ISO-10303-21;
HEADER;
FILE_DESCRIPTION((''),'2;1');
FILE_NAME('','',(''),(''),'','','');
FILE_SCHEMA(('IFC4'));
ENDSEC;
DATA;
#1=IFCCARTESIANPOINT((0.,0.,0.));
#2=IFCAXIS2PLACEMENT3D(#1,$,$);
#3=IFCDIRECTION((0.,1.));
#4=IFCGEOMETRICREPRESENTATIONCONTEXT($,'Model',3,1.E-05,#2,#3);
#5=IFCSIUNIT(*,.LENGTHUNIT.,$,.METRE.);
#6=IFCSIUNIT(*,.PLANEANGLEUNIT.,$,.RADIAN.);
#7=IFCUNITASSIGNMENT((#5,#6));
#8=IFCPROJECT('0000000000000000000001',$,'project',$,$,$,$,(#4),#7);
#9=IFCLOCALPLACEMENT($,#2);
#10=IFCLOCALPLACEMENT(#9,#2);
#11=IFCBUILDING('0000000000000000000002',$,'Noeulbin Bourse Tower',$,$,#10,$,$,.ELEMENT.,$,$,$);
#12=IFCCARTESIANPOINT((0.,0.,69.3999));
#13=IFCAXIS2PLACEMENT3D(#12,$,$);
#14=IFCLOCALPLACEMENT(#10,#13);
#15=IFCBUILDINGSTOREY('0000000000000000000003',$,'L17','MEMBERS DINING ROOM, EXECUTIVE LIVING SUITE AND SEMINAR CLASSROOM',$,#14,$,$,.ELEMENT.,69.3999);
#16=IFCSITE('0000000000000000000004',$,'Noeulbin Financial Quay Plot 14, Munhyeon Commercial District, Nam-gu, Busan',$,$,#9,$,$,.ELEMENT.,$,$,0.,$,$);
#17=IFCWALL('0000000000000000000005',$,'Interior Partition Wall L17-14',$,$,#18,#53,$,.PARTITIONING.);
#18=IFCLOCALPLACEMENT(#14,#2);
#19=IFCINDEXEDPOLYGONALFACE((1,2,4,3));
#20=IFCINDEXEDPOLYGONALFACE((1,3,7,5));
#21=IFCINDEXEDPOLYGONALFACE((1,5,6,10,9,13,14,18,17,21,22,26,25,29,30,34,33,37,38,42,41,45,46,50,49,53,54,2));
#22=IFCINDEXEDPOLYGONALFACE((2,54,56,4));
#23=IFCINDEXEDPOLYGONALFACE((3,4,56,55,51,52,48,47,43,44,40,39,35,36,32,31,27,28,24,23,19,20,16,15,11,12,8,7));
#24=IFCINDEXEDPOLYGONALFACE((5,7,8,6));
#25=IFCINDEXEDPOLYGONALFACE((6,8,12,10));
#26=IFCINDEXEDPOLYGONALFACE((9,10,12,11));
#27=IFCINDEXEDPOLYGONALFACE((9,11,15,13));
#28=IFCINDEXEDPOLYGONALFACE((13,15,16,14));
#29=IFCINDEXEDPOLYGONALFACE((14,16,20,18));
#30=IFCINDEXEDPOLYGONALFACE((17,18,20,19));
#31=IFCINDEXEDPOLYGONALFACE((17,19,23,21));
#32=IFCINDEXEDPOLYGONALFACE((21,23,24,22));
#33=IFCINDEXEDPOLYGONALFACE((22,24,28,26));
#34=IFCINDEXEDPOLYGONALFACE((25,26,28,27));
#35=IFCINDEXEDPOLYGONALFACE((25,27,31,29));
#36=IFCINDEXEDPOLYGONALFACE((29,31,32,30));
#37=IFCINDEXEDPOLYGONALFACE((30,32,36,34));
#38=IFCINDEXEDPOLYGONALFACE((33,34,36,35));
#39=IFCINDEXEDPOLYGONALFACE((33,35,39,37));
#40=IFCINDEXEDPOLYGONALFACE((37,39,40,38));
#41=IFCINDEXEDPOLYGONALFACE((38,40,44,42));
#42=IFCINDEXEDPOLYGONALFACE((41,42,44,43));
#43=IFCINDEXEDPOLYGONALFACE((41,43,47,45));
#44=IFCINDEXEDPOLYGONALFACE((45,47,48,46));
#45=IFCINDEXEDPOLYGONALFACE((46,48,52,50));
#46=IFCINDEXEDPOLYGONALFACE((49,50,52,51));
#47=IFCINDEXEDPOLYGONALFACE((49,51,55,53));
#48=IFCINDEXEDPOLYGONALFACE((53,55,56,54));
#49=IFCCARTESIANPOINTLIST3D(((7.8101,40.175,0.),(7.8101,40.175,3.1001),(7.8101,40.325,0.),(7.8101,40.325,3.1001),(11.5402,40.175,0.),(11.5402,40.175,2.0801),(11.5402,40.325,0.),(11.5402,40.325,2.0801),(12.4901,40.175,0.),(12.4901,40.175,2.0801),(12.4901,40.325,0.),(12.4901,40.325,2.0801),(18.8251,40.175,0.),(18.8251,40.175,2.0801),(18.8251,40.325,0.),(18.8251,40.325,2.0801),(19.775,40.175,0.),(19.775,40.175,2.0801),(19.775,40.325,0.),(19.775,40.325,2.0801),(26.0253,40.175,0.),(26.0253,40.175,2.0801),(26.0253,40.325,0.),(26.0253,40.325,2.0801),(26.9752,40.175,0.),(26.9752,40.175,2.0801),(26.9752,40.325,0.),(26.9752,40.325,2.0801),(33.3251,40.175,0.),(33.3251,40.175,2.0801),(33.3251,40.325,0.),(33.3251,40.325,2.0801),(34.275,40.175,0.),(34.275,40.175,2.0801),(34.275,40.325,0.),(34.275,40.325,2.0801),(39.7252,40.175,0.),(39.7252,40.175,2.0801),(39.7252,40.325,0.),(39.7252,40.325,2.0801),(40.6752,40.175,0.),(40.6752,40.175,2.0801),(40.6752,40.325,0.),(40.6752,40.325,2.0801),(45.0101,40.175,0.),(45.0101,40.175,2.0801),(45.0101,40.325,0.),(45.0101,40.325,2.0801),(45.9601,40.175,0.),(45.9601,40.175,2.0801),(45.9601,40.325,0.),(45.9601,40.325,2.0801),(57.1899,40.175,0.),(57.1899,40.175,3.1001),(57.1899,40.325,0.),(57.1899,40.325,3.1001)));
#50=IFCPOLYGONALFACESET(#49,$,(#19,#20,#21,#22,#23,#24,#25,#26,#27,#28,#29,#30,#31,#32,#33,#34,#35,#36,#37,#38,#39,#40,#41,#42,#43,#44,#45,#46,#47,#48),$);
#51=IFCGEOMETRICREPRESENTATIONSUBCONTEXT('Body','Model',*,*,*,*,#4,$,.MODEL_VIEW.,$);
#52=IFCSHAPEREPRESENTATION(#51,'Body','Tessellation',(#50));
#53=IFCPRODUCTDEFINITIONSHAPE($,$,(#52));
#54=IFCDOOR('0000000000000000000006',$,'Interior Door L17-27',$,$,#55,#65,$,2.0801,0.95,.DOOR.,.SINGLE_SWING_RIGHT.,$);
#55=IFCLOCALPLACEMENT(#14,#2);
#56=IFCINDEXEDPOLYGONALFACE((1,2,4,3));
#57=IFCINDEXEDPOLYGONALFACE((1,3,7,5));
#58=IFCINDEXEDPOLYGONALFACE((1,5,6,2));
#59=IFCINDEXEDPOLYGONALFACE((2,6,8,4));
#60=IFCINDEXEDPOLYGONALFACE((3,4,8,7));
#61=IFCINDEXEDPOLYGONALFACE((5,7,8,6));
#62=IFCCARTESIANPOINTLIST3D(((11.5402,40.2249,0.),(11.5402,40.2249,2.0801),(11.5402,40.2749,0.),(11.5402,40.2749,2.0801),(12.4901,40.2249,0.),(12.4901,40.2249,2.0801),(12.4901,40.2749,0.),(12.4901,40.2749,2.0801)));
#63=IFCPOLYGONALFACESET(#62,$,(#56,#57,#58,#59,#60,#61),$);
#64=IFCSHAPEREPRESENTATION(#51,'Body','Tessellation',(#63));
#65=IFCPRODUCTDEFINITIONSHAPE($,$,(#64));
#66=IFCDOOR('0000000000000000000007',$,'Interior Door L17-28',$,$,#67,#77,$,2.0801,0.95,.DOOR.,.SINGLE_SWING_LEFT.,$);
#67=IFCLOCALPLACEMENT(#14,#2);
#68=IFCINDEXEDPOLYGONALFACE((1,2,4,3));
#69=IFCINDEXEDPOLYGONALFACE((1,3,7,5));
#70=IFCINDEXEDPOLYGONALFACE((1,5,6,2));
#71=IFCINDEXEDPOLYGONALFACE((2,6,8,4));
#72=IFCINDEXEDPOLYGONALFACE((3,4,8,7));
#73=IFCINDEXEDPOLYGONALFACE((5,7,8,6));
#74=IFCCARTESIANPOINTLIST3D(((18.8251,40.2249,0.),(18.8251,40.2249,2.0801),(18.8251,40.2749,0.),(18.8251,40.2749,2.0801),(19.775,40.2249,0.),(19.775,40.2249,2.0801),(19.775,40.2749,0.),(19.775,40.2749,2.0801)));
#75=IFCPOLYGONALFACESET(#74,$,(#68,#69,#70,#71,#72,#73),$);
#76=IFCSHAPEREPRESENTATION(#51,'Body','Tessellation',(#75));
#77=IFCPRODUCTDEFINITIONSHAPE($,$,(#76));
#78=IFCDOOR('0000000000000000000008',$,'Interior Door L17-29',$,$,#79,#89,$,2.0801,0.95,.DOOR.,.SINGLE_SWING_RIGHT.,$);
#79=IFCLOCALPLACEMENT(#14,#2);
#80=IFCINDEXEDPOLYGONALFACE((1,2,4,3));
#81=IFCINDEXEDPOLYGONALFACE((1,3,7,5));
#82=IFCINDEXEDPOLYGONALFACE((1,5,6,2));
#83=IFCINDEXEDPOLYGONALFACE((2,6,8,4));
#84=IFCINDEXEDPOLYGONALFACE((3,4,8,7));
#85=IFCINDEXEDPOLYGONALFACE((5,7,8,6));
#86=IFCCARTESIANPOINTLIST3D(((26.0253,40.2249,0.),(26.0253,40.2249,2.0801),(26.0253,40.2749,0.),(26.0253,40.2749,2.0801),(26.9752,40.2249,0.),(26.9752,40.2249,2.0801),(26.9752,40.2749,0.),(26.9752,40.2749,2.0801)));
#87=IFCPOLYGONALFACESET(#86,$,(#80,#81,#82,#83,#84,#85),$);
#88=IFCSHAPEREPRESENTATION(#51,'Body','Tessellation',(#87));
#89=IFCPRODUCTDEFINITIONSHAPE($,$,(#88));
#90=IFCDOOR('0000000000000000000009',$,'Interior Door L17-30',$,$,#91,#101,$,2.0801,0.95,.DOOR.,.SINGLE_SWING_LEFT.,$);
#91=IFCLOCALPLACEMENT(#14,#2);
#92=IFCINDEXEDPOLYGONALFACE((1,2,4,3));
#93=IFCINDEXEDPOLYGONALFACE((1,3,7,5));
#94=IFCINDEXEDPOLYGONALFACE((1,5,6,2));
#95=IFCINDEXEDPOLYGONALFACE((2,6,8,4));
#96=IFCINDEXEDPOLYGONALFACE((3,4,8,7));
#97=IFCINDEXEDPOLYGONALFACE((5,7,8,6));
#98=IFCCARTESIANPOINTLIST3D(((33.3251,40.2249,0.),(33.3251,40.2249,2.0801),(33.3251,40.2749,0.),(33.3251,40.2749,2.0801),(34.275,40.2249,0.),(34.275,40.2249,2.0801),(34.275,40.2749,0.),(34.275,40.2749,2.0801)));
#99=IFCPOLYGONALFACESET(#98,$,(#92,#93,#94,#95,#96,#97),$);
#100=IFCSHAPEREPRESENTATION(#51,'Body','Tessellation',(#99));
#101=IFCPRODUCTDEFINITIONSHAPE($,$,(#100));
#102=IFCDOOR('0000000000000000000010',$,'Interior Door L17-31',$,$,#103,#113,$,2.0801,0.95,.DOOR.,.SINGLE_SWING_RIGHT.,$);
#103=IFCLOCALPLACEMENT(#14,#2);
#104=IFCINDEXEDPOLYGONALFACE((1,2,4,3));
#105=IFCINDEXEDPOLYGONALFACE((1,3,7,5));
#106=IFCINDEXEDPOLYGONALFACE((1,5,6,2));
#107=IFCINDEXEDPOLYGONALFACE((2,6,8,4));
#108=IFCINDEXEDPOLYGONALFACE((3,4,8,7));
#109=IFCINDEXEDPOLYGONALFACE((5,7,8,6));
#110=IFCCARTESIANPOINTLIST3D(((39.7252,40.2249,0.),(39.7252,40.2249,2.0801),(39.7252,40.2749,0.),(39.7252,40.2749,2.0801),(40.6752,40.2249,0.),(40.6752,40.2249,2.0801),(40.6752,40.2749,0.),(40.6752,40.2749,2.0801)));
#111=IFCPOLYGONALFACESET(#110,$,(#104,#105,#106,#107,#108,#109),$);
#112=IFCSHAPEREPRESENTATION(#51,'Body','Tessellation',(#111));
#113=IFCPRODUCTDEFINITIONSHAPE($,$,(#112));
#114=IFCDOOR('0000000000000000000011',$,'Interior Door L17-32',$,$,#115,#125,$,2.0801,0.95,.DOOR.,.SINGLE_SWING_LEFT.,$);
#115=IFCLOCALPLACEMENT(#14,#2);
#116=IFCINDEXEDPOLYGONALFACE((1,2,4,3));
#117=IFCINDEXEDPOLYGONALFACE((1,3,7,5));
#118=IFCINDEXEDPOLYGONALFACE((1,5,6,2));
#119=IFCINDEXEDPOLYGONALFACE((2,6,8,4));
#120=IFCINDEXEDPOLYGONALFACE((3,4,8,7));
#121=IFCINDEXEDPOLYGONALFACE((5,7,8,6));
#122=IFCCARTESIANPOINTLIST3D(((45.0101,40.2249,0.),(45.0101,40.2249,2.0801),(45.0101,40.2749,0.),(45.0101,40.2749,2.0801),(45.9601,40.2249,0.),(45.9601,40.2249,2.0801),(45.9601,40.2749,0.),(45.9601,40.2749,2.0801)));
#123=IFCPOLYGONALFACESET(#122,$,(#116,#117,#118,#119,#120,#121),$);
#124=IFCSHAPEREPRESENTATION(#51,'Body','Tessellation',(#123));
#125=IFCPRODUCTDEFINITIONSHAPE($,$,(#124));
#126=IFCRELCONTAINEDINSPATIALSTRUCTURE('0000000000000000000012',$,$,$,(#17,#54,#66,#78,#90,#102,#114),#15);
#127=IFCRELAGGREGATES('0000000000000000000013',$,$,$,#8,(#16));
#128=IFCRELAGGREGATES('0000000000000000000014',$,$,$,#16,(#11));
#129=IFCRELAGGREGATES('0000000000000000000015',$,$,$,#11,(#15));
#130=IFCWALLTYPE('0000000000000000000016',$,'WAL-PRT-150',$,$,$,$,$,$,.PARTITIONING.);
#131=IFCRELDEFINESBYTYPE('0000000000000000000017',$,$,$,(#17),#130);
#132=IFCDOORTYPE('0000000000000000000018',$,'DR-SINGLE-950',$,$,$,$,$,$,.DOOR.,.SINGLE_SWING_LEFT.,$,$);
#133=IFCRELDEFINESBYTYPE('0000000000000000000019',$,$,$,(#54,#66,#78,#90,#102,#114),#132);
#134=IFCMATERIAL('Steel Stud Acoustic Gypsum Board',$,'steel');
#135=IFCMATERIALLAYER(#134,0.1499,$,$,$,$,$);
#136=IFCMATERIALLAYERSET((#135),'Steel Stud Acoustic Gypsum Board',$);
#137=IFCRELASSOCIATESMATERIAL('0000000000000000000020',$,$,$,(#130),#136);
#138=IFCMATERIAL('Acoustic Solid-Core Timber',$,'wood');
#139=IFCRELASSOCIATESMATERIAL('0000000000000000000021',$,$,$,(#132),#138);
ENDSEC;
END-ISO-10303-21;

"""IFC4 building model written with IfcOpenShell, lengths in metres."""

from ifc_helpers import new_model, si_unit, direction, frame, frame_2d, origin, place, context, subcontext, project, spatial, rectangle, extrude, material, layer, layer_set, type_object, element, fill, save


model = new_model("IFC4")

# Units and contexts
model_context = context("Model", 3, precision=1e-05, world=origin(), true_north=direction((0.0, 1.0)))
body_context = subcontext(model_context, "Body", "Model", "MODEL_VIEW")
ifc_project = project(units=[si_unit("LENGTHUNIT", "METRE"), si_unit("PLANEANGLEUNIT", "RADIAN")], contexts=[model_context])

# Site, building, storey
site_placement = place(None, origin())
site = spatial("IfcSite", under=ifc_project, at=site_placement, Name="Noeulbin Financial Quay Plot 14, Munhyeon Commercial District, Nam-gu, Busan", CompositionType="ELEMENT", RefElevation=0.0)
building_placement = place(site_placement, origin())
building = spatial("IfcBuilding", under=site, at=building_placement, Name="Noeulbin Bourse Tower", CompositionType="ELEMENT")
storey_placement = place(building_placement, frame((0.0, 0.0, 69.3999)))
storey = spatial("IfcBuildingStorey", under=building, at=storey_placement, Name="L17", Description="MEMBERS DINING ROOM, EXECUTIVE LIVING SUITE AND SEMINAR CLASSROOM", CompositionType="ELEMENT", Elevation=69.3999)

# Wall, openings, doors
ifc_material_1 = material(Name="Steel Stud Acoustic Gypsum Board", Category="steel")
ifc_layer_1 = layer(ifc_material_1, 0.1499)
ifc_layer_set_1 = layer_set([ifc_layer_1], Name="Steel Stud Acoustic Gypsum Board")
wall_type_1 = type_object("IfcWallType", Name="WAL-PRT-150", PredefinedType="PARTITIONING", material=ifc_layer_set_1)
wall_1_placement = place(storey_placement, frame((7.8101, 40.25, 0.0), z_axis=(0.0, 0.0, 1.0), x_axis=(1.0, 0.0, 0.0)))
wall_1 = element("IfcWall", 1, at=wall_1_placement, inside=storey, type_object=wall_type_1, Name="Interior Partition Wall L17-14", PredefinedType="PARTITIONING", context=body_context, shape_type="SweptSolid", body=[
    extrude(rectangle(XDim=49.3799, YDim=0.1499, at=frame_2d((24.6899, 0.0))), origin(), (0.0, 0.0, 1.0), 3.1001),
])
opening_1_placement = place(wall_1_placement, frame((3.73, 0.0, 0.0)))
opening_1 = element("IfcOpeningElement", 2, at=opening_1_placement, cuts=wall_1, PredefinedType="OPENING", context=body_context, shape_type="SweptSolid", body=[
    extrude(rectangle(XDim=0.95, YDim=2.0801, at=frame_2d((0.4751, 1.04))), frame((0.0, 0.085, 0.0), z_axis=(0.0, -1.0, 0.0), x_axis=(1.0, 0.0, 0.0)), (0.0, 0.0, 1.0), 0.1699),
])
opening_2_placement = place(wall_1_placement, frame((11.0149, 0.0, 0.0)))
opening_2 = element("IfcOpeningElement", 3, at=opening_2_placement, cuts=wall_1, PredefinedType="OPENING", context=body_context, shape_type="SweptSolid", body=[
    extrude(rectangle(XDim=0.95, YDim=2.0801, at=frame_2d((0.4751, 1.04))), frame((0.0, 0.085, 0.0), z_axis=(0.0, -1.0, 0.0), x_axis=(1.0, 0.0, 0.0)), (0.0, 0.0, 1.0), 0.1699),
])
opening_3_placement = place(wall_1_placement, frame((18.2151, 0.0, 0.0)))
opening_3 = element("IfcOpeningElement", 4, at=opening_3_placement, cuts=wall_1, PredefinedType="OPENING", context=body_context, shape_type="SweptSolid", body=[
    extrude(rectangle(XDim=0.95, YDim=2.0801, at=frame_2d((0.4751, 1.04))), frame((0.0, 0.085, 0.0), z_axis=(0.0, -1.0, 0.0), x_axis=(1.0, 0.0, 0.0)), (0.0, 0.0, 1.0), 0.1699),
])
opening_4_placement = place(wall_1_placement, frame((25.5149, 0.0, 0.0)))
opening_4 = element("IfcOpeningElement", 5, at=opening_4_placement, cuts=wall_1, PredefinedType="OPENING", context=body_context, shape_type="SweptSolid", body=[
    extrude(rectangle(XDim=0.95, YDim=2.0801, at=frame_2d((0.4751, 1.04))), frame((0.0, 0.085, 0.0), z_axis=(0.0, -1.0, 0.0), x_axis=(1.0, 0.0, 0.0)), (0.0, 0.0, 1.0), 0.1699),
])
opening_5_placement = place(wall_1_placement, frame((31.915, 0.0, 0.0)))
opening_5 = element("IfcOpeningElement", 6, at=opening_5_placement, cuts=wall_1, PredefinedType="OPENING", context=body_context, shape_type="SweptSolid", body=[
    extrude(rectangle(XDim=0.95, YDim=2.0801, at=frame_2d((0.4751, 1.04))), frame((0.0, 0.085, 0.0), z_axis=(0.0, -1.0, 0.0), x_axis=(1.0, 0.0, 0.0)), (0.0, 0.0, 1.0), 0.1699),
])
opening_6_placement = place(wall_1_placement, frame((37.2, 0.0, 0.0)))
opening_6 = element("IfcOpeningElement", 7, at=opening_6_placement, cuts=wall_1, PredefinedType="OPENING", context=body_context, shape_type="SweptSolid", body=[
    extrude(rectangle(XDim=0.95, YDim=2.0801, at=frame_2d((0.4751, 1.04))), frame((0.0, 0.085, 0.0), z_axis=(0.0, -1.0, 0.0), x_axis=(1.0, 0.0, 0.0)), (0.0, 0.0, 1.0), 0.1699),
])
ifc_material_2 = material(Name="Acoustic Solid-Core Timber", Category="wood")
door_type = type_object("IfcDoorType", Name="DR-SINGLE-950", OperationType="SINGLE_SWING_LEFT", PredefinedType="DOOR", material=ifc_material_2)
door_1_placement = place(opening_1_placement, origin())
door_1 = element("IfcDoor", 8, at=door_1_placement, inside=storey, type_object=door_type, Name="Interior Door L17-27", OperationType="SINGLE_SWING_RIGHT", OverallHeight=2.0801, OverallWidth=0.95, PredefinedType="DOOR", context=body_context, shape_type="SweptSolid", body=[
    extrude(rectangle(XDim=0.95, YDim=2.0801, at=frame_2d((0.4751, 1.04))), frame((0.0, 0.0249, 0.0), z_axis=(0.0, -1.0, 0.0), x_axis=(1.0, 0.0, 0.0)), (0.0, 0.0, 1.0), 0.05),
])
fill(opening_1, door_1)
door_2_placement = place(opening_2_placement, origin())
door_2 = element("IfcDoor", 9, at=door_2_placement, inside=storey, type_object=door_type, Name="Interior Door L17-28", OperationType="SINGLE_SWING_LEFT", OverallHeight=2.0801, OverallWidth=0.95, PredefinedType="DOOR", context=body_context, shape_type="SweptSolid", body=[
    extrude(rectangle(XDim=0.95, YDim=2.0801, at=frame_2d((0.4751, 1.04))), frame((0.0, 0.0249, 0.0), z_axis=(0.0, -1.0, 0.0), x_axis=(1.0, 0.0, 0.0)), (0.0, 0.0, 1.0), 0.05),
])
fill(opening_2, door_2)
door_3_placement = place(opening_3_placement, origin())
door_3 = element("IfcDoor", 10, at=door_3_placement, inside=storey, type_object=door_type, Name="Interior Door L17-29", OperationType="SINGLE_SWING_RIGHT", OverallHeight=2.0801, OverallWidth=0.95, PredefinedType="DOOR", context=body_context, shape_type="SweptSolid", body=[
    extrude(rectangle(XDim=0.95, YDim=2.0801, at=frame_2d((0.4751, 1.04))), frame((0.0, 0.0249, 0.0), z_axis=(0.0, -1.0, 0.0), x_axis=(1.0, 0.0, 0.0)), (0.0, 0.0, 1.0), 0.05),
])
fill(opening_3, door_3)
door_4_placement = place(opening_4_placement, origin())
door_4 = element("IfcDoor", 11, at=door_4_placement, inside=storey, type_object=door_type, Name="Interior Door L17-30", OperationType="SINGLE_SWING_LEFT", OverallHeight=2.0801, OverallWidth=0.95, PredefinedType="DOOR", context=body_context, shape_type="SweptSolid", body=[
    extrude(rectangle(XDim=0.95, YDim=2.0801, at=frame_2d((0.4751, 1.04))), frame((0.0, 0.0249, 0.0), z_axis=(0.0, -1.0, 0.0), x_axis=(1.0, 0.0, 0.0)), (0.0, 0.0, 1.0), 0.05),
])
fill(opening_4, door_4)
door_5_placement = place(opening_5_placement, origin())
door_5 = element("IfcDoor", 12, at=door_5_placement, inside=storey, type_object=door_type, Name="Interior Door L17-31", OperationType="SINGLE_SWING_RIGHT", OverallHeight=2.0801, OverallWidth=0.95, PredefinedType="DOOR", context=body_context, shape_type="SweptSolid", body=[
    extrude(rectangle(XDim=0.95, YDim=2.0801, at=frame_2d((0.4751, 1.04))), frame((0.0, 0.0249, 0.0), z_axis=(0.0, -1.0, 0.0), x_axis=(1.0, 0.0, 0.0)), (0.0, 0.0, 1.0), 0.05),
])
fill(opening_5, door_5)
door_6_placement = place(opening_6_placement, origin())
door_6 = element("IfcDoor", 13, at=door_6_placement, inside=storey, type_object=door_type, Name="Interior Door L17-32", OperationType="SINGLE_SWING_LEFT", OverallHeight=2.0801, OverallWidth=0.95, PredefinedType="DOOR", context=body_context, shape_type="SweptSolid", body=[
    extrude(rectangle(XDim=0.95, YDim=2.0801, at=frame_2d((0.4751, 1.04))), frame((0.0, 0.0249, 0.0), z_axis=(0.0, -1.0, 0.0), x_axis=(1.0, 0.0, 0.0)), (0.0, 0.0, 1.0), 0.05),
])
fill(opening_6, door_6)

save(model, "model.ifc")
